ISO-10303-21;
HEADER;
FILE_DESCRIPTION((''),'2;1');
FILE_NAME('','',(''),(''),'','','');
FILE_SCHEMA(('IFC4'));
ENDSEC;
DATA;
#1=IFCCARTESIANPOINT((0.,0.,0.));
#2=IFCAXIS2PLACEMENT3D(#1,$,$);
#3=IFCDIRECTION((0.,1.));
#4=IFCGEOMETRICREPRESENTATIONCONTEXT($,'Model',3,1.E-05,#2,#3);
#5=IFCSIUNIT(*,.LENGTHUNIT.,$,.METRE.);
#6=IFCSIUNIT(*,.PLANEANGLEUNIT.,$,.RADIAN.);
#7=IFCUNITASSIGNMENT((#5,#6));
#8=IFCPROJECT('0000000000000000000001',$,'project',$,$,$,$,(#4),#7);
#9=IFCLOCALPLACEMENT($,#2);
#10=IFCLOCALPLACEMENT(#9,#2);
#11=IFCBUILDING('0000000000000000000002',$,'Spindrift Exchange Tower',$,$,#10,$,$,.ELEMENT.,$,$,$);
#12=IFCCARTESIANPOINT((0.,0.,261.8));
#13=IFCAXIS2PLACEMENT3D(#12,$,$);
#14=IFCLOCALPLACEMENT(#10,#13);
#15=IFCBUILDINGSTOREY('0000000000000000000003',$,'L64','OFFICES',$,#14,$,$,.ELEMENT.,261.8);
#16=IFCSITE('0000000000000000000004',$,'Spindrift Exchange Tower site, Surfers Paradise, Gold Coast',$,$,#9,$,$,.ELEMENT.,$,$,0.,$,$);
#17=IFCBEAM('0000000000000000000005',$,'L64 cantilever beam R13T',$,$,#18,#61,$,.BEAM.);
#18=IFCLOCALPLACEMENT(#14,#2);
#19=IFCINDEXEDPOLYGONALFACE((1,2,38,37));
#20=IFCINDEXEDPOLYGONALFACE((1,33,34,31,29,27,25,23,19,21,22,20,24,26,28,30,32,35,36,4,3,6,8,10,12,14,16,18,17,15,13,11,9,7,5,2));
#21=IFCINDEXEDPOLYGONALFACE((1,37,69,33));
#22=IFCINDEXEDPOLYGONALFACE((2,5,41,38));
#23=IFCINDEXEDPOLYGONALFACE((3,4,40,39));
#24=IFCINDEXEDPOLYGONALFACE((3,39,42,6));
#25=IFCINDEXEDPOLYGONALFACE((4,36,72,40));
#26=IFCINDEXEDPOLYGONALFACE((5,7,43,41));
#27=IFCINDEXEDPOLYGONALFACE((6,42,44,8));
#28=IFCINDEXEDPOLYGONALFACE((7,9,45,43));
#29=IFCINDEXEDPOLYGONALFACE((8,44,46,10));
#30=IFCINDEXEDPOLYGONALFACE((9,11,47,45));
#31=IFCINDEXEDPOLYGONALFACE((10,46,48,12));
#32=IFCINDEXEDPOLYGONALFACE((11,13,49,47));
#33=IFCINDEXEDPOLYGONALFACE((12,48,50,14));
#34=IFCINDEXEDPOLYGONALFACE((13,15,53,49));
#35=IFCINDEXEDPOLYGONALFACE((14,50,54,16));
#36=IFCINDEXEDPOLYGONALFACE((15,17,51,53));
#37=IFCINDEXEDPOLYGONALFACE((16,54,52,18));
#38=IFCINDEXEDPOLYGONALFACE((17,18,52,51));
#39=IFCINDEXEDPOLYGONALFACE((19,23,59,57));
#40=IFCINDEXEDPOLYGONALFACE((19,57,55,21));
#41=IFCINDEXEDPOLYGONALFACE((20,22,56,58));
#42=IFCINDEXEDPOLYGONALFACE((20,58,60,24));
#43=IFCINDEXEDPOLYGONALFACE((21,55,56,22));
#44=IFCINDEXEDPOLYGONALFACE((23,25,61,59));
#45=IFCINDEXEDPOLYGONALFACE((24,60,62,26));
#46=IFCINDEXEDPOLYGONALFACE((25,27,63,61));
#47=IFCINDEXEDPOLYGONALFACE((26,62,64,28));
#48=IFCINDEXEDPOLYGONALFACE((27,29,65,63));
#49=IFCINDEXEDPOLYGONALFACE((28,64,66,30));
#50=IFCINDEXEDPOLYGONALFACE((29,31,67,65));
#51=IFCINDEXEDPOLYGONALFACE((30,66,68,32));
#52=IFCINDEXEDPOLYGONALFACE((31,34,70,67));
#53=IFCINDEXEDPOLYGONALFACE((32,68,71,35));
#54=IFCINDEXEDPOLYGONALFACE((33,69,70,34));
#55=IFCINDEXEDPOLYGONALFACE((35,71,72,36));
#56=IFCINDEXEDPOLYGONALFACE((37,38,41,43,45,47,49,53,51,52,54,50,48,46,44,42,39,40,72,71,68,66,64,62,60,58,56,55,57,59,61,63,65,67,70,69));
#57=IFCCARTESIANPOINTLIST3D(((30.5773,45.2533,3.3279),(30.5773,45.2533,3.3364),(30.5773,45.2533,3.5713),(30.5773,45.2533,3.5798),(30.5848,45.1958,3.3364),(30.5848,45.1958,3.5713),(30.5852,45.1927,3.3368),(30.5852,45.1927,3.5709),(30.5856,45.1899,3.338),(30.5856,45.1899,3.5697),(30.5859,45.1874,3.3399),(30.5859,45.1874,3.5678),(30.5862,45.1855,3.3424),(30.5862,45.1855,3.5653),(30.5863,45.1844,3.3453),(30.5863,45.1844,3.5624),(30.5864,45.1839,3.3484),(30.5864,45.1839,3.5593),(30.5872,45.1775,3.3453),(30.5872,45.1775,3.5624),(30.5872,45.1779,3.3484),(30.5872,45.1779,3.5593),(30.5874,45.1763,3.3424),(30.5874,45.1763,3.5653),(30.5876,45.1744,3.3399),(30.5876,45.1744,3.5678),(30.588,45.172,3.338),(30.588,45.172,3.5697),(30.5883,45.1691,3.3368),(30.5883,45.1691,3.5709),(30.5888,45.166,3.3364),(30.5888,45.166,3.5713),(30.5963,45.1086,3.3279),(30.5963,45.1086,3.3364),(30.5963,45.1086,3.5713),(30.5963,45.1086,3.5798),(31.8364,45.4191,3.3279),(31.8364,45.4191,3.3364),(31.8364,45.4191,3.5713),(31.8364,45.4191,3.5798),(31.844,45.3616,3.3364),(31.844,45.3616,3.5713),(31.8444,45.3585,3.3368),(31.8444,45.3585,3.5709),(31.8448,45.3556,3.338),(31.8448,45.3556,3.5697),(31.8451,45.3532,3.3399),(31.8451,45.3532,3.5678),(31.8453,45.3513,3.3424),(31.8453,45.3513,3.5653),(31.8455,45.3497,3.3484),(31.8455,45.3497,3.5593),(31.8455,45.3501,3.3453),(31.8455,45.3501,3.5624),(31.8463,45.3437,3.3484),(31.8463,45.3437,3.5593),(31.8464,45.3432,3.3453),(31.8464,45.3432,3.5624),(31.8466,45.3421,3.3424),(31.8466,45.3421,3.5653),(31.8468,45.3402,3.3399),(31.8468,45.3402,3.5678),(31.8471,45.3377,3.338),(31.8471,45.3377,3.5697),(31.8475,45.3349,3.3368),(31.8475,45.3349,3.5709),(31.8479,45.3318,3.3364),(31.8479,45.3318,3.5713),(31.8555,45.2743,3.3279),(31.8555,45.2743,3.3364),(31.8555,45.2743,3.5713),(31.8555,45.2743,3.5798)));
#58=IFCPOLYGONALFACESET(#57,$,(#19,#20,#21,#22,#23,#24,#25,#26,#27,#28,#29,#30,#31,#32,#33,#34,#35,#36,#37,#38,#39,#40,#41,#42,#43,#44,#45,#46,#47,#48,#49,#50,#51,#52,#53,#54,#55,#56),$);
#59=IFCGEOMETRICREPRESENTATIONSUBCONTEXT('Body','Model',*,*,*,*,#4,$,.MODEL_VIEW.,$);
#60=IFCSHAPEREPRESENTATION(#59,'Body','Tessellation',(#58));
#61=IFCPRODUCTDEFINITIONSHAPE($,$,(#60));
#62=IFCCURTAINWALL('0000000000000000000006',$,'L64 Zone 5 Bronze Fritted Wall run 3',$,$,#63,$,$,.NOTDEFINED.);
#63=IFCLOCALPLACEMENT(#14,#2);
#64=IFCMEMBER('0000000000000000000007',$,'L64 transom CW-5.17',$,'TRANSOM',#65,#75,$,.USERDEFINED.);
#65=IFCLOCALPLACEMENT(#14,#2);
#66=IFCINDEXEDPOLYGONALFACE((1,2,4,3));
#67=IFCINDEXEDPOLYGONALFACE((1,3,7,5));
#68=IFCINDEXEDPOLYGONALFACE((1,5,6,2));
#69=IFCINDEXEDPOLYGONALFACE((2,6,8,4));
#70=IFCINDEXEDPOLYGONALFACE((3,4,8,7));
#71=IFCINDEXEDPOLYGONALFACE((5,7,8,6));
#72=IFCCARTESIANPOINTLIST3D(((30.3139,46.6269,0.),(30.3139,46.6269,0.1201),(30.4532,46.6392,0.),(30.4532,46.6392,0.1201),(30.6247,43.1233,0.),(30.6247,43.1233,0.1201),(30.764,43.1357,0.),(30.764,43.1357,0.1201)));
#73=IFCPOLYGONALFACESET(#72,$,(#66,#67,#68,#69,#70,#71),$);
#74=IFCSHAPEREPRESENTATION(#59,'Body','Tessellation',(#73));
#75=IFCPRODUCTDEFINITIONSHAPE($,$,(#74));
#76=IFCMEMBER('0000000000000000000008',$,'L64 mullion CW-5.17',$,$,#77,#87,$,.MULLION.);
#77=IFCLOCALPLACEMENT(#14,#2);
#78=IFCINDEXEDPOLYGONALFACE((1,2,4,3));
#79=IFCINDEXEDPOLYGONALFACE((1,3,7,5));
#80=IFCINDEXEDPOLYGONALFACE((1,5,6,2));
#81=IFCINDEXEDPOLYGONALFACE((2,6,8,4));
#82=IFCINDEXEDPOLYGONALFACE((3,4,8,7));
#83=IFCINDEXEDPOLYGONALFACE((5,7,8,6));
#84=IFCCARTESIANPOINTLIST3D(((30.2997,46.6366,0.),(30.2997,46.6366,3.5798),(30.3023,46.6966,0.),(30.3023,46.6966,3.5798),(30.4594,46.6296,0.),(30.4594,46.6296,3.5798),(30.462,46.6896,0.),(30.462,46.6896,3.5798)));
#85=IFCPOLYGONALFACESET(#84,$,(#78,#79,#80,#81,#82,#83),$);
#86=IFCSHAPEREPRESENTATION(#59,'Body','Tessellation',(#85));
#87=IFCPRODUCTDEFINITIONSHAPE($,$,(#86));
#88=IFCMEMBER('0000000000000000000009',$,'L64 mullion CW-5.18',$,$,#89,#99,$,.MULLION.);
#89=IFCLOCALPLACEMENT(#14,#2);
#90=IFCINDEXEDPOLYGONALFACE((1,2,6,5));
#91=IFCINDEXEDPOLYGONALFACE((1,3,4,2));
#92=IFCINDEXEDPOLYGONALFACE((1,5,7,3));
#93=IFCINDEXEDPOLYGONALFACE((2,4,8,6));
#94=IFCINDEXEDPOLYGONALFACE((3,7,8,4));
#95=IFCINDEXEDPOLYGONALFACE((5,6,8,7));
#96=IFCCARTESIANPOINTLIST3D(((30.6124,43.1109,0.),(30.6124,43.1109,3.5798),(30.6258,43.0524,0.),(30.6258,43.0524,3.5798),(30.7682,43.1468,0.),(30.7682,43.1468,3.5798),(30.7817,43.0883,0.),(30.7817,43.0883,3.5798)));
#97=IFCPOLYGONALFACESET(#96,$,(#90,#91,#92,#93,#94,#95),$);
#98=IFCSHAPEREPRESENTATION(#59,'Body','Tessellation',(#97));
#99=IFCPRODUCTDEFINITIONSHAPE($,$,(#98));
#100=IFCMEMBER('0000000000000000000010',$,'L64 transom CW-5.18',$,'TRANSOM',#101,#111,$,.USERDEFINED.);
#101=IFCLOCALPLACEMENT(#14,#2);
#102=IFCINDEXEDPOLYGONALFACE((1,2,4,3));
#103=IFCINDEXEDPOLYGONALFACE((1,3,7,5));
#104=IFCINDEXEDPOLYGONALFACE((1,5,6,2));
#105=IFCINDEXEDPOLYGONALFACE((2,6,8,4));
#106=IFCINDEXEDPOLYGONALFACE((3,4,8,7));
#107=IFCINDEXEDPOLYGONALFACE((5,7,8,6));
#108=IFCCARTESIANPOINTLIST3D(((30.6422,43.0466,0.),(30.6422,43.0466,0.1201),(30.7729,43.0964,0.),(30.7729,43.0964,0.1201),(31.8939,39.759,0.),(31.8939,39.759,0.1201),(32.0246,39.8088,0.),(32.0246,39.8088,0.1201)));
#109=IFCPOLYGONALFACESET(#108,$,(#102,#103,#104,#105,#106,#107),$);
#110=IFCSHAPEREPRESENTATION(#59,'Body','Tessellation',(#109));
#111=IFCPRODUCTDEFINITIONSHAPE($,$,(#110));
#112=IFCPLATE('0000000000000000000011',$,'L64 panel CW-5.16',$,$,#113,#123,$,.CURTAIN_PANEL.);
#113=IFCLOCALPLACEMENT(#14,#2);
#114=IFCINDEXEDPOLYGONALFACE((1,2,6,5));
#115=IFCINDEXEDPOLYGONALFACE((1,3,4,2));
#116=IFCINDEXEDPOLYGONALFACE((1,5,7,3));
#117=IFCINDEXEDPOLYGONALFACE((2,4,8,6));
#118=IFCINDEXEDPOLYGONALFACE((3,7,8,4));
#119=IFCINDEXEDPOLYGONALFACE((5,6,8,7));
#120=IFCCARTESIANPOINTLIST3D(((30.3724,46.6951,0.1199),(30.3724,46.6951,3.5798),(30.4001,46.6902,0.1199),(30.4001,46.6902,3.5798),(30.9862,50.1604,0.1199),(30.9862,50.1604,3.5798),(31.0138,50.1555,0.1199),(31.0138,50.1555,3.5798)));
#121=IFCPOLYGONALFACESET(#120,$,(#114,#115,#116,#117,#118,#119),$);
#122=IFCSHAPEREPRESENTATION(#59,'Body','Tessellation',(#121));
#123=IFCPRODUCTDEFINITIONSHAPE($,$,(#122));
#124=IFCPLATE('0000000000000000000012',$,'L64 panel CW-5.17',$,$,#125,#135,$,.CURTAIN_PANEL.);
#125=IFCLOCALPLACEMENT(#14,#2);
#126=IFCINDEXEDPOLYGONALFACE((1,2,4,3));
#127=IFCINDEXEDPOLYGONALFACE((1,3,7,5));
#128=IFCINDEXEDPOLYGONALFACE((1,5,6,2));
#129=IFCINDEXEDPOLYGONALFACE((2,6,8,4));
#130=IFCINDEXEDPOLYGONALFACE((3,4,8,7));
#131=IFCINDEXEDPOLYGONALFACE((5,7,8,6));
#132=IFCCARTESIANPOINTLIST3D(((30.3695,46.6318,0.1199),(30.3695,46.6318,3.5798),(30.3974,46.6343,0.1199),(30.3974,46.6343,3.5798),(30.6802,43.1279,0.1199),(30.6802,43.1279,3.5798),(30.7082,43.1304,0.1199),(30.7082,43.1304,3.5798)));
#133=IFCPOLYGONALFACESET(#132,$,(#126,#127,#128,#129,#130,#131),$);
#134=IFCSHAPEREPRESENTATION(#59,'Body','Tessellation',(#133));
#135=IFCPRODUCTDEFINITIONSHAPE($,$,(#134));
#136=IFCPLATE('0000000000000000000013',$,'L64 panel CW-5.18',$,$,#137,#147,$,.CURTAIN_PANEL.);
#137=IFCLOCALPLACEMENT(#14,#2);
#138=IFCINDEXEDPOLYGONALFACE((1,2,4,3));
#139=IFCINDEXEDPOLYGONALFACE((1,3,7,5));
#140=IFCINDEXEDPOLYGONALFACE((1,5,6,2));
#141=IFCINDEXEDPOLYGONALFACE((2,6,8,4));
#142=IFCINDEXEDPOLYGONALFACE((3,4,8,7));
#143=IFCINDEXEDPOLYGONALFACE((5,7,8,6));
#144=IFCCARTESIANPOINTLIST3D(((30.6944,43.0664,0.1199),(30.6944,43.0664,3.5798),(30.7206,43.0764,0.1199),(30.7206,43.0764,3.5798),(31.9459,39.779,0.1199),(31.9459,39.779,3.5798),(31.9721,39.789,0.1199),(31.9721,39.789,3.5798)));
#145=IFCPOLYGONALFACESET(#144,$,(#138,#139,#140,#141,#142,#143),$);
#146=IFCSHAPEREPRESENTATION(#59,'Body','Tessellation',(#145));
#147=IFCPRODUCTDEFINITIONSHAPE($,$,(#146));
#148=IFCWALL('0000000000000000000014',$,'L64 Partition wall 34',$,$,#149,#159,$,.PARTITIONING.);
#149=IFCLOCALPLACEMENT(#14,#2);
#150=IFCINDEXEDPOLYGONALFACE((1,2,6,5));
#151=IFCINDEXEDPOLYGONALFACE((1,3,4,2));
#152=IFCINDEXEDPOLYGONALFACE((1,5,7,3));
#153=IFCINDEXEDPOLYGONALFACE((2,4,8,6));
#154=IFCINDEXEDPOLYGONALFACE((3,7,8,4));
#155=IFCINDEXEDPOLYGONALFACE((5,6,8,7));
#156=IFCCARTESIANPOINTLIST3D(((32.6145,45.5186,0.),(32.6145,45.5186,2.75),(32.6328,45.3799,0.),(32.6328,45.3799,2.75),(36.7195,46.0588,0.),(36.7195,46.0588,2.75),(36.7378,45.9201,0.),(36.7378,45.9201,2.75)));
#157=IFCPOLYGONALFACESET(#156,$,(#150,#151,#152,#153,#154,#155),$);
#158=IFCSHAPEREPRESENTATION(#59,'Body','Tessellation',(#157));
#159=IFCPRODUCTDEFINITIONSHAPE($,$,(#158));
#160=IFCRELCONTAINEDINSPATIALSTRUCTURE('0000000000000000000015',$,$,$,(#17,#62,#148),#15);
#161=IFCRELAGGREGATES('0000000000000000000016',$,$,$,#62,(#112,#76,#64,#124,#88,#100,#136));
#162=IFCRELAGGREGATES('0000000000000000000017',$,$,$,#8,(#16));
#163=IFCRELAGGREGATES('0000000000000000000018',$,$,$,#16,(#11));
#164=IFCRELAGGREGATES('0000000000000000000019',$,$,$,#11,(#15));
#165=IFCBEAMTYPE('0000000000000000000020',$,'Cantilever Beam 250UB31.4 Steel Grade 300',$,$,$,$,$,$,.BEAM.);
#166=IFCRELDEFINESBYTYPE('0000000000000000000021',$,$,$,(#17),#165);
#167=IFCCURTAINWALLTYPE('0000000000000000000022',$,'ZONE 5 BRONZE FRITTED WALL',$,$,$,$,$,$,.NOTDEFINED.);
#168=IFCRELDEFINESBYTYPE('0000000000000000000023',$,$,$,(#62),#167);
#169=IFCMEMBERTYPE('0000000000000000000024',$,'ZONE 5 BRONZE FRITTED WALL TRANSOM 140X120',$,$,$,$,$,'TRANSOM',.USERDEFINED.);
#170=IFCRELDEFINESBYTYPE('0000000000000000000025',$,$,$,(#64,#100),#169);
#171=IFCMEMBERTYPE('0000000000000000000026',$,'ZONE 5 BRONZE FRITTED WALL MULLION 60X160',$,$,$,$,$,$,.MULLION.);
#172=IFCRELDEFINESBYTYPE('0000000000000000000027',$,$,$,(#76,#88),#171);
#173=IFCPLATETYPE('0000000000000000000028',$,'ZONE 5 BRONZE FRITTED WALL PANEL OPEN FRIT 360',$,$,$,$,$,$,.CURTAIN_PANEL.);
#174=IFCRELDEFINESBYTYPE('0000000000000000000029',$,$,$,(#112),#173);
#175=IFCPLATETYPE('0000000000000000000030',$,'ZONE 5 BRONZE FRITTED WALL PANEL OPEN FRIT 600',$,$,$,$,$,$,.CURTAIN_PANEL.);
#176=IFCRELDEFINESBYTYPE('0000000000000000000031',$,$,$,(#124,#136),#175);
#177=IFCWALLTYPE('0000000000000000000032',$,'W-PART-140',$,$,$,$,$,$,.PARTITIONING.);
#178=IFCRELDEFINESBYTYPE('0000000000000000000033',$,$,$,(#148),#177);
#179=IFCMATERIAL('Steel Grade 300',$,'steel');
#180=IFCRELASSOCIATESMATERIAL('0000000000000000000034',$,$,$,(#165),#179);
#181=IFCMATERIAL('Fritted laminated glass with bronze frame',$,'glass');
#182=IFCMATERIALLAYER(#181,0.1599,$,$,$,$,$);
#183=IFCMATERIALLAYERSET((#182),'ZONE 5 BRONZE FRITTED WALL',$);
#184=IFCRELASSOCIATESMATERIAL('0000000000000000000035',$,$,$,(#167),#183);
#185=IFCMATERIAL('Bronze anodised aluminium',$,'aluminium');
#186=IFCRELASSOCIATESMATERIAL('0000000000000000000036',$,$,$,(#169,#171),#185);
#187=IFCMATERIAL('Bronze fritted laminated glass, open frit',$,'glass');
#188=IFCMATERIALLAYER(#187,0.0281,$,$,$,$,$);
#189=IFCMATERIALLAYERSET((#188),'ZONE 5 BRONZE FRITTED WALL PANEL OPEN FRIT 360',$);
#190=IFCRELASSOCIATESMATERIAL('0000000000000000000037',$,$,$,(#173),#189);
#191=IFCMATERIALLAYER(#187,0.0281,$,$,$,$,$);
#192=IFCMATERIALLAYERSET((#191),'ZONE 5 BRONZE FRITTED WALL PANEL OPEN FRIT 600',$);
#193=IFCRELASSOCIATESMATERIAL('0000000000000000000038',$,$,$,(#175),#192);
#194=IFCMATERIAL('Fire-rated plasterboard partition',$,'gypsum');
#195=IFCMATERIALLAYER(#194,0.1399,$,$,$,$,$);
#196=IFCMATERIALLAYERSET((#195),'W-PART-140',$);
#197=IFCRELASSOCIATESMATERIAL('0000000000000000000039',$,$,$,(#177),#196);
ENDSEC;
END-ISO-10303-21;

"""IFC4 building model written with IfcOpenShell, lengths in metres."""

from ifc_helpers import new_model, si_unit, direction, frame, frame_2d, origin, origin_2d, place, context, subcontext, project, spatial, rectangle, i_section, extrude, source, transform, mapped, material, layer, layer_set, material_profile, profile_set, type_object, element, aggregate, save


model = new_model("IFC4")

# Units and contexts
model_context = context("Model", 3, precision=1e-05, world=origin(), true_north=direction((0.0, 1.0)))
body_context = subcontext(model_context, "Body", "Model", "MODEL_VIEW")
ifc_project = project(units=[si_unit("LENGTHUNIT", "METRE"), si_unit("PLANEANGLEUNIT", "RADIAN")], contexts=[model_context])

# Site, building, storey
site_placement = place(None, origin())
site = spatial("IfcSite", under=ifc_project, at=site_placement, Name="Spindrift Exchange Tower site, Surfers Paradise, Gold Coast", CompositionType="ELEMENT", RefElevation=0.0)
building_placement = place(site_placement, origin())
building = spatial("IfcBuilding", under=site, at=building_placement, Name="Spindrift Exchange Tower", CompositionType="ELEMENT")
storey_placement = place(building_placement, frame((0.0, 0.0, 261.8)))
storey = spatial("IfcBuildingStorey", under=building, at=storey_placement, Name="L64", Description="OFFICES", CompositionType="ELEMENT", Elevation=261.8)

# Beam
ifc_material_1 = material(Name="Steel Grade 300", Category="steel")
ifc_material_profile_1 = material_profile(ifc_material_1, i_section(OverallWidth=0.146, OverallDepth=0.252, WebThickness=0.0061, FlangeThickness=0.0085, FilletRadius=0.012, at=origin_2d()), Name="250UB31.4")
ifc_profile_set_1 = profile_set([ifc_material_profile_1], Name="Steel Grade 300")
beam_type_1 = type_object("IfcBeamType", Name="Cantilever Beam 250UB31.4 Steel Grade 300", PredefinedType="BEAM", material=ifc_profile_set_1)
shared_shape_1 = source(origin(), body_context, "Body", "SweptSolid", [
    extrude(i_section(OverallWidth=0.146, OverallDepth=0.252, WebThickness=0.0061, FlangeThickness=0.0085, FilletRadius=0.012, at=origin_2d()), origin(), (0.0, 0.0, 1.0), 1.27),
])
beam_1_placement = place(storey_placement, frame((31.8459, 45.3467, 3.4539), z_axis=(-0.991446, -0.130514, 0.0), x_axis=(0.130514, -0.991446, 0.0)))
element("IfcBeam", 1, at=beam_1_placement, inside=storey, type_object=beam_type_1, Name="L64 cantilever beam R13T", PredefinedType="BEAM", context=body_context, shape_type="MappedRepresentation", body=[
    mapped(shared_shape_1, transform((0.0, 0.0, 0.0), scale=1.0)),
])

# Curtain wall, members, plates
ifc_material_2 = material(Name="Fritted laminated glass with bronze frame", Category="glass")
ifc_layer_1 = layer(ifc_material_2, 0.1599)
ifc_layer_set_1 = layer_set([ifc_layer_1], Name="ZONE 5 BRONZE FRITTED WALL")
curtain_wall_type = type_object("IfcCurtainWallType", Name="ZONE 5 BRONZE FRITTED WALL", PredefinedType="NOTDEFINED", material=ifc_layer_set_1)
curtain_wall_placement = place(storey_placement, origin())
curtain_wall = element("IfcCurtainWall", 2, at=curtain_wall_placement, inside=storey, type_object=curtain_wall_type, Name="L64 Zone 5 Bronze Fritted Wall run 3", PredefinedType="NOTDEFINED")
ifc_material_3 = material(Name="Bronze anodised aluminium", Category="aluminium")
ifc_material_profile_2 = material_profile(ifc_material_3, rectangle(XDim=0.1399, YDim=0.1201, at=origin_2d()), Name="ZONE 5 BRONZE FRITTED WALL TRANSOM 140X120")
ifc_profile_set_2 = profile_set([ifc_material_profile_2], Name="Bronze anodised aluminium")
member_type_1 = type_object("IfcMemberType", Name="ZONE 5 BRONZE FRITTED WALL TRANSOM 140X120", ElementType="TRANSOM", PredefinedType="USERDEFINED", material=ifc_profile_set_2)
shared_shape_2 = source(origin(), body_context, "Body", "SweptSolid", [
    extrude(rectangle(XDim=0.1399, YDim=0.1201, at=origin_2d()), origin(), (0.0, 0.0, 1.0), 3.5173),
])
member_1_placement = place(storey_placement, frame((30.3835, 46.6331, 0.0601), z_axis=(0.088358, -0.996089, 0.0), x_axis=(0.996089, 0.088358, 0.0)))
member_1 = element("IfcMember", 3, at=member_1_placement, type_object=member_type_1, Name="L64 transom CW-5.17", ObjectType="TRANSOM", PredefinedType="USERDEFINED", context=body_context, shape_type="MappedRepresentation", body=[
    mapped(shared_shape_2, transform((0.0, 0.0, 0.0), scale=1.0)),
])
ifc_material_profile_3 = material_profile(ifc_material_3, rectangle(XDim=0.0601, YDim=0.1599, at=origin_2d()), Name="ZONE 5 BRONZE FRITTED WALL MULLION 60X160")
ifc_profile_set_3 = profile_set([ifc_material_profile_3], Name="Bronze anodised aluminium")
member_type_2 = type_object("IfcMemberType", Name="ZONE 5 BRONZE FRITTED WALL MULLION 60X160", PredefinedType="MULLION", material=ifc_profile_set_3)
shared_shape_3 = source(origin(), body_context, "Body", "SweptSolid", [
    extrude(rectangle(XDim=0.0601, YDim=0.1599, at=origin_2d()), origin(), (0.0, 0.0, 1.0), 3.5798),
])
member_2_placement = place(storey_placement, frame((30.3809, 46.6631, 0.0), z_axis=(0.0, 0.0, 1.0), x_axis=(-0.043406, -0.999057, 0.0)))
member_2 = element("IfcMember", 4, at=member_2_placement, type_object=member_type_2, Name="L64 mullion CW-5.17", PredefinedType="MULLION", context=body_context, shape_type="MappedRepresentation", body=[
    mapped(shared_shape_3, transform((0.0, 0.0, 0.0), scale=1.0)),
])
member_3_placement = place(storey_placement, frame((30.697, 43.0996, 0.0), z_axis=(0.0, 0.0, 1.0), x_axis=(0.224184, -0.974547, 0.0)))
member_3 = element("IfcMember", 5, at=member_3_placement, type_object=member_type_2, Name="L64 mullion CW-5.18", PredefinedType="MULLION", context=body_context, shape_type="MappedRepresentation", body=[
    mapped(shared_shape_3, transform((0.0, 0.0, 0.0), scale=1.0)),
])
shared_shape_4 = source(origin(), body_context, "Body", "SweptSolid", [
    extrude(rectangle(XDim=0.1399, YDim=0.1201, at=origin_2d()), origin(), (0.0, 0.0, 1.0), 3.5178),
])
member_4_placement = place(storey_placement, frame((30.7075, 43.0715, 0.0601), z_axis=(0.355819, -0.934555, 0.0), x_axis=(0.934555, 0.355819, 0.0)))
member_4 = element("IfcMember", 6, at=member_4_placement, type_object=member_type_1, Name="L64 transom CW-5.18", ObjectType="TRANSOM", PredefinedType="USERDEFINED", context=body_context, shape_type="MappedRepresentation", body=[
    mapped(shared_shape_4, transform((0.0, 0.0, 0.0), scale=1.0)),
])
ifc_material_4 = material(Name="Bronze fritted laminated glass, open frit", Category="glass")
ifc_layer_2 = layer(ifc_material_4, 0.0281)
ifc_layer_set_2 = layer_set([ifc_layer_2], Name="ZONE 5 BRONZE FRITTED WALL PANEL OPEN FRIT 360")
plate_type_1 = type_object("IfcPlateType", Name="ZONE 5 BRONZE FRITTED WALL PANEL OPEN FRIT 360", PredefinedType="CURTAIN_PANEL", material=ifc_layer_set_2)
shared_shape_5 = source(origin(), body_context, "Body", "SweptSolid", [
    extrude(rectangle(XDim=3.5193, YDim=0.0281, at=origin_2d()), origin(), (0.0, 0.0, 1.0), 3.46),
])
plate_1_placement = place(storey_placement, frame((30.6931, 48.4253, 0.1199), z_axis=(0.0, 0.0, 1.0), x_axis=(-0.174389, -0.984677, 0.0)))
plate_1 = element("IfcPlate", 7, at=plate_1_placement, type_object=plate_type_1, Name="L64 panel CW-5.16", PredefinedType="CURTAIN_PANEL", context=body_context, shape_type="MappedRepresentation", body=[
    mapped(shared_shape_5, transform((0.0, 0.0, 0.0), scale=1.0)),
])
ifc_layer_3 = layer(ifc_material_4, 0.0281)
ifc_layer_set_3 = layer_set([ifc_layer_3], Name="ZONE 5 BRONZE FRITTED WALL PANEL OPEN FRIT 600")
plate_type_2 = type_object("IfcPlateType", Name="ZONE 5 BRONZE FRITTED WALL PANEL OPEN FRIT 600", PredefinedType="CURTAIN_PANEL", material=ifc_layer_set_3)
shared_shape_6 = source(origin(), body_context, "Body", "SweptSolid", [
    extrude(rectangle(XDim=3.5176, YDim=0.0281, at=origin_2d()), origin(), (0.0, 0.0, 1.0), 3.46),
])
plate_2_placement = place(storey_placement, frame((30.5388, 44.8811, 0.1199), z_axis=(0.0, 0.0, 1.0), x_axis=(0.088331, -0.996091, 0.0)))
plate_2 = element("IfcPlate", 8, at=plate_2_placement, type_object=plate_type_2, Name="L64 panel CW-5.17", PredefinedType="CURTAIN_PANEL", context=body_context, shape_type="MappedRepresentation", body=[
    mapped(shared_shape_6, transform((0.0, 0.0, 0.0), scale=1.0)),
])
plate_3_placement = place(storey_placement, frame((31.3333, 41.4277, 0.1199), z_axis=(0.0, 0.0, 1.0), x_axis=(0.355797, -0.934563, 0.0)))
plate_3 = element("IfcPlate", 9, at=plate_3_placement, type_object=plate_type_2, Name="L64 panel CW-5.18", PredefinedType="CURTAIN_PANEL", context=body_context, shape_type="MappedRepresentation", body=[
    mapped(shared_shape_6, transform((0.0, 0.0, 0.0), scale=1.0)),
])
aggregate(curtain_wall, [plate_1, member_2, member_1, plate_2, member_3, member_4, plate_3])

# Wall
ifc_material_5 = material(Name="Fire-rated plasterboard partition", Category="gypsum")
ifc_layer_4 = layer(ifc_material_5, 0.1399)
ifc_layer_set_4 = layer_set([ifc_layer_4], Name="W-PART-140")
wall_type = type_object("IfcWallType", Name="W-PART-140", PredefinedType="PARTITIONING", material=ifc_layer_set_4)
wall_1_placement = place(storey_placement, frame((36.7288, 45.9895, 0.0), z_axis=(0.0, 0.0, 1.0), x_axis=(-0.991449, -0.130491, 0.0)))
element("IfcWall", 10, at=wall_1_placement, inside=storey, type_object=wall_type, Name="L64 Partition wall 34", PredefinedType="PARTITIONING", context=body_context, shape_type="SweptSolid", body=[
    extrude(rectangle(XDim=4.1404, YDim=0.1399, at=frame_2d((2.0703, 0.0))), origin(), (0.0, 0.0, 1.0), 2.75),
])

save(model, "model.ifc")
